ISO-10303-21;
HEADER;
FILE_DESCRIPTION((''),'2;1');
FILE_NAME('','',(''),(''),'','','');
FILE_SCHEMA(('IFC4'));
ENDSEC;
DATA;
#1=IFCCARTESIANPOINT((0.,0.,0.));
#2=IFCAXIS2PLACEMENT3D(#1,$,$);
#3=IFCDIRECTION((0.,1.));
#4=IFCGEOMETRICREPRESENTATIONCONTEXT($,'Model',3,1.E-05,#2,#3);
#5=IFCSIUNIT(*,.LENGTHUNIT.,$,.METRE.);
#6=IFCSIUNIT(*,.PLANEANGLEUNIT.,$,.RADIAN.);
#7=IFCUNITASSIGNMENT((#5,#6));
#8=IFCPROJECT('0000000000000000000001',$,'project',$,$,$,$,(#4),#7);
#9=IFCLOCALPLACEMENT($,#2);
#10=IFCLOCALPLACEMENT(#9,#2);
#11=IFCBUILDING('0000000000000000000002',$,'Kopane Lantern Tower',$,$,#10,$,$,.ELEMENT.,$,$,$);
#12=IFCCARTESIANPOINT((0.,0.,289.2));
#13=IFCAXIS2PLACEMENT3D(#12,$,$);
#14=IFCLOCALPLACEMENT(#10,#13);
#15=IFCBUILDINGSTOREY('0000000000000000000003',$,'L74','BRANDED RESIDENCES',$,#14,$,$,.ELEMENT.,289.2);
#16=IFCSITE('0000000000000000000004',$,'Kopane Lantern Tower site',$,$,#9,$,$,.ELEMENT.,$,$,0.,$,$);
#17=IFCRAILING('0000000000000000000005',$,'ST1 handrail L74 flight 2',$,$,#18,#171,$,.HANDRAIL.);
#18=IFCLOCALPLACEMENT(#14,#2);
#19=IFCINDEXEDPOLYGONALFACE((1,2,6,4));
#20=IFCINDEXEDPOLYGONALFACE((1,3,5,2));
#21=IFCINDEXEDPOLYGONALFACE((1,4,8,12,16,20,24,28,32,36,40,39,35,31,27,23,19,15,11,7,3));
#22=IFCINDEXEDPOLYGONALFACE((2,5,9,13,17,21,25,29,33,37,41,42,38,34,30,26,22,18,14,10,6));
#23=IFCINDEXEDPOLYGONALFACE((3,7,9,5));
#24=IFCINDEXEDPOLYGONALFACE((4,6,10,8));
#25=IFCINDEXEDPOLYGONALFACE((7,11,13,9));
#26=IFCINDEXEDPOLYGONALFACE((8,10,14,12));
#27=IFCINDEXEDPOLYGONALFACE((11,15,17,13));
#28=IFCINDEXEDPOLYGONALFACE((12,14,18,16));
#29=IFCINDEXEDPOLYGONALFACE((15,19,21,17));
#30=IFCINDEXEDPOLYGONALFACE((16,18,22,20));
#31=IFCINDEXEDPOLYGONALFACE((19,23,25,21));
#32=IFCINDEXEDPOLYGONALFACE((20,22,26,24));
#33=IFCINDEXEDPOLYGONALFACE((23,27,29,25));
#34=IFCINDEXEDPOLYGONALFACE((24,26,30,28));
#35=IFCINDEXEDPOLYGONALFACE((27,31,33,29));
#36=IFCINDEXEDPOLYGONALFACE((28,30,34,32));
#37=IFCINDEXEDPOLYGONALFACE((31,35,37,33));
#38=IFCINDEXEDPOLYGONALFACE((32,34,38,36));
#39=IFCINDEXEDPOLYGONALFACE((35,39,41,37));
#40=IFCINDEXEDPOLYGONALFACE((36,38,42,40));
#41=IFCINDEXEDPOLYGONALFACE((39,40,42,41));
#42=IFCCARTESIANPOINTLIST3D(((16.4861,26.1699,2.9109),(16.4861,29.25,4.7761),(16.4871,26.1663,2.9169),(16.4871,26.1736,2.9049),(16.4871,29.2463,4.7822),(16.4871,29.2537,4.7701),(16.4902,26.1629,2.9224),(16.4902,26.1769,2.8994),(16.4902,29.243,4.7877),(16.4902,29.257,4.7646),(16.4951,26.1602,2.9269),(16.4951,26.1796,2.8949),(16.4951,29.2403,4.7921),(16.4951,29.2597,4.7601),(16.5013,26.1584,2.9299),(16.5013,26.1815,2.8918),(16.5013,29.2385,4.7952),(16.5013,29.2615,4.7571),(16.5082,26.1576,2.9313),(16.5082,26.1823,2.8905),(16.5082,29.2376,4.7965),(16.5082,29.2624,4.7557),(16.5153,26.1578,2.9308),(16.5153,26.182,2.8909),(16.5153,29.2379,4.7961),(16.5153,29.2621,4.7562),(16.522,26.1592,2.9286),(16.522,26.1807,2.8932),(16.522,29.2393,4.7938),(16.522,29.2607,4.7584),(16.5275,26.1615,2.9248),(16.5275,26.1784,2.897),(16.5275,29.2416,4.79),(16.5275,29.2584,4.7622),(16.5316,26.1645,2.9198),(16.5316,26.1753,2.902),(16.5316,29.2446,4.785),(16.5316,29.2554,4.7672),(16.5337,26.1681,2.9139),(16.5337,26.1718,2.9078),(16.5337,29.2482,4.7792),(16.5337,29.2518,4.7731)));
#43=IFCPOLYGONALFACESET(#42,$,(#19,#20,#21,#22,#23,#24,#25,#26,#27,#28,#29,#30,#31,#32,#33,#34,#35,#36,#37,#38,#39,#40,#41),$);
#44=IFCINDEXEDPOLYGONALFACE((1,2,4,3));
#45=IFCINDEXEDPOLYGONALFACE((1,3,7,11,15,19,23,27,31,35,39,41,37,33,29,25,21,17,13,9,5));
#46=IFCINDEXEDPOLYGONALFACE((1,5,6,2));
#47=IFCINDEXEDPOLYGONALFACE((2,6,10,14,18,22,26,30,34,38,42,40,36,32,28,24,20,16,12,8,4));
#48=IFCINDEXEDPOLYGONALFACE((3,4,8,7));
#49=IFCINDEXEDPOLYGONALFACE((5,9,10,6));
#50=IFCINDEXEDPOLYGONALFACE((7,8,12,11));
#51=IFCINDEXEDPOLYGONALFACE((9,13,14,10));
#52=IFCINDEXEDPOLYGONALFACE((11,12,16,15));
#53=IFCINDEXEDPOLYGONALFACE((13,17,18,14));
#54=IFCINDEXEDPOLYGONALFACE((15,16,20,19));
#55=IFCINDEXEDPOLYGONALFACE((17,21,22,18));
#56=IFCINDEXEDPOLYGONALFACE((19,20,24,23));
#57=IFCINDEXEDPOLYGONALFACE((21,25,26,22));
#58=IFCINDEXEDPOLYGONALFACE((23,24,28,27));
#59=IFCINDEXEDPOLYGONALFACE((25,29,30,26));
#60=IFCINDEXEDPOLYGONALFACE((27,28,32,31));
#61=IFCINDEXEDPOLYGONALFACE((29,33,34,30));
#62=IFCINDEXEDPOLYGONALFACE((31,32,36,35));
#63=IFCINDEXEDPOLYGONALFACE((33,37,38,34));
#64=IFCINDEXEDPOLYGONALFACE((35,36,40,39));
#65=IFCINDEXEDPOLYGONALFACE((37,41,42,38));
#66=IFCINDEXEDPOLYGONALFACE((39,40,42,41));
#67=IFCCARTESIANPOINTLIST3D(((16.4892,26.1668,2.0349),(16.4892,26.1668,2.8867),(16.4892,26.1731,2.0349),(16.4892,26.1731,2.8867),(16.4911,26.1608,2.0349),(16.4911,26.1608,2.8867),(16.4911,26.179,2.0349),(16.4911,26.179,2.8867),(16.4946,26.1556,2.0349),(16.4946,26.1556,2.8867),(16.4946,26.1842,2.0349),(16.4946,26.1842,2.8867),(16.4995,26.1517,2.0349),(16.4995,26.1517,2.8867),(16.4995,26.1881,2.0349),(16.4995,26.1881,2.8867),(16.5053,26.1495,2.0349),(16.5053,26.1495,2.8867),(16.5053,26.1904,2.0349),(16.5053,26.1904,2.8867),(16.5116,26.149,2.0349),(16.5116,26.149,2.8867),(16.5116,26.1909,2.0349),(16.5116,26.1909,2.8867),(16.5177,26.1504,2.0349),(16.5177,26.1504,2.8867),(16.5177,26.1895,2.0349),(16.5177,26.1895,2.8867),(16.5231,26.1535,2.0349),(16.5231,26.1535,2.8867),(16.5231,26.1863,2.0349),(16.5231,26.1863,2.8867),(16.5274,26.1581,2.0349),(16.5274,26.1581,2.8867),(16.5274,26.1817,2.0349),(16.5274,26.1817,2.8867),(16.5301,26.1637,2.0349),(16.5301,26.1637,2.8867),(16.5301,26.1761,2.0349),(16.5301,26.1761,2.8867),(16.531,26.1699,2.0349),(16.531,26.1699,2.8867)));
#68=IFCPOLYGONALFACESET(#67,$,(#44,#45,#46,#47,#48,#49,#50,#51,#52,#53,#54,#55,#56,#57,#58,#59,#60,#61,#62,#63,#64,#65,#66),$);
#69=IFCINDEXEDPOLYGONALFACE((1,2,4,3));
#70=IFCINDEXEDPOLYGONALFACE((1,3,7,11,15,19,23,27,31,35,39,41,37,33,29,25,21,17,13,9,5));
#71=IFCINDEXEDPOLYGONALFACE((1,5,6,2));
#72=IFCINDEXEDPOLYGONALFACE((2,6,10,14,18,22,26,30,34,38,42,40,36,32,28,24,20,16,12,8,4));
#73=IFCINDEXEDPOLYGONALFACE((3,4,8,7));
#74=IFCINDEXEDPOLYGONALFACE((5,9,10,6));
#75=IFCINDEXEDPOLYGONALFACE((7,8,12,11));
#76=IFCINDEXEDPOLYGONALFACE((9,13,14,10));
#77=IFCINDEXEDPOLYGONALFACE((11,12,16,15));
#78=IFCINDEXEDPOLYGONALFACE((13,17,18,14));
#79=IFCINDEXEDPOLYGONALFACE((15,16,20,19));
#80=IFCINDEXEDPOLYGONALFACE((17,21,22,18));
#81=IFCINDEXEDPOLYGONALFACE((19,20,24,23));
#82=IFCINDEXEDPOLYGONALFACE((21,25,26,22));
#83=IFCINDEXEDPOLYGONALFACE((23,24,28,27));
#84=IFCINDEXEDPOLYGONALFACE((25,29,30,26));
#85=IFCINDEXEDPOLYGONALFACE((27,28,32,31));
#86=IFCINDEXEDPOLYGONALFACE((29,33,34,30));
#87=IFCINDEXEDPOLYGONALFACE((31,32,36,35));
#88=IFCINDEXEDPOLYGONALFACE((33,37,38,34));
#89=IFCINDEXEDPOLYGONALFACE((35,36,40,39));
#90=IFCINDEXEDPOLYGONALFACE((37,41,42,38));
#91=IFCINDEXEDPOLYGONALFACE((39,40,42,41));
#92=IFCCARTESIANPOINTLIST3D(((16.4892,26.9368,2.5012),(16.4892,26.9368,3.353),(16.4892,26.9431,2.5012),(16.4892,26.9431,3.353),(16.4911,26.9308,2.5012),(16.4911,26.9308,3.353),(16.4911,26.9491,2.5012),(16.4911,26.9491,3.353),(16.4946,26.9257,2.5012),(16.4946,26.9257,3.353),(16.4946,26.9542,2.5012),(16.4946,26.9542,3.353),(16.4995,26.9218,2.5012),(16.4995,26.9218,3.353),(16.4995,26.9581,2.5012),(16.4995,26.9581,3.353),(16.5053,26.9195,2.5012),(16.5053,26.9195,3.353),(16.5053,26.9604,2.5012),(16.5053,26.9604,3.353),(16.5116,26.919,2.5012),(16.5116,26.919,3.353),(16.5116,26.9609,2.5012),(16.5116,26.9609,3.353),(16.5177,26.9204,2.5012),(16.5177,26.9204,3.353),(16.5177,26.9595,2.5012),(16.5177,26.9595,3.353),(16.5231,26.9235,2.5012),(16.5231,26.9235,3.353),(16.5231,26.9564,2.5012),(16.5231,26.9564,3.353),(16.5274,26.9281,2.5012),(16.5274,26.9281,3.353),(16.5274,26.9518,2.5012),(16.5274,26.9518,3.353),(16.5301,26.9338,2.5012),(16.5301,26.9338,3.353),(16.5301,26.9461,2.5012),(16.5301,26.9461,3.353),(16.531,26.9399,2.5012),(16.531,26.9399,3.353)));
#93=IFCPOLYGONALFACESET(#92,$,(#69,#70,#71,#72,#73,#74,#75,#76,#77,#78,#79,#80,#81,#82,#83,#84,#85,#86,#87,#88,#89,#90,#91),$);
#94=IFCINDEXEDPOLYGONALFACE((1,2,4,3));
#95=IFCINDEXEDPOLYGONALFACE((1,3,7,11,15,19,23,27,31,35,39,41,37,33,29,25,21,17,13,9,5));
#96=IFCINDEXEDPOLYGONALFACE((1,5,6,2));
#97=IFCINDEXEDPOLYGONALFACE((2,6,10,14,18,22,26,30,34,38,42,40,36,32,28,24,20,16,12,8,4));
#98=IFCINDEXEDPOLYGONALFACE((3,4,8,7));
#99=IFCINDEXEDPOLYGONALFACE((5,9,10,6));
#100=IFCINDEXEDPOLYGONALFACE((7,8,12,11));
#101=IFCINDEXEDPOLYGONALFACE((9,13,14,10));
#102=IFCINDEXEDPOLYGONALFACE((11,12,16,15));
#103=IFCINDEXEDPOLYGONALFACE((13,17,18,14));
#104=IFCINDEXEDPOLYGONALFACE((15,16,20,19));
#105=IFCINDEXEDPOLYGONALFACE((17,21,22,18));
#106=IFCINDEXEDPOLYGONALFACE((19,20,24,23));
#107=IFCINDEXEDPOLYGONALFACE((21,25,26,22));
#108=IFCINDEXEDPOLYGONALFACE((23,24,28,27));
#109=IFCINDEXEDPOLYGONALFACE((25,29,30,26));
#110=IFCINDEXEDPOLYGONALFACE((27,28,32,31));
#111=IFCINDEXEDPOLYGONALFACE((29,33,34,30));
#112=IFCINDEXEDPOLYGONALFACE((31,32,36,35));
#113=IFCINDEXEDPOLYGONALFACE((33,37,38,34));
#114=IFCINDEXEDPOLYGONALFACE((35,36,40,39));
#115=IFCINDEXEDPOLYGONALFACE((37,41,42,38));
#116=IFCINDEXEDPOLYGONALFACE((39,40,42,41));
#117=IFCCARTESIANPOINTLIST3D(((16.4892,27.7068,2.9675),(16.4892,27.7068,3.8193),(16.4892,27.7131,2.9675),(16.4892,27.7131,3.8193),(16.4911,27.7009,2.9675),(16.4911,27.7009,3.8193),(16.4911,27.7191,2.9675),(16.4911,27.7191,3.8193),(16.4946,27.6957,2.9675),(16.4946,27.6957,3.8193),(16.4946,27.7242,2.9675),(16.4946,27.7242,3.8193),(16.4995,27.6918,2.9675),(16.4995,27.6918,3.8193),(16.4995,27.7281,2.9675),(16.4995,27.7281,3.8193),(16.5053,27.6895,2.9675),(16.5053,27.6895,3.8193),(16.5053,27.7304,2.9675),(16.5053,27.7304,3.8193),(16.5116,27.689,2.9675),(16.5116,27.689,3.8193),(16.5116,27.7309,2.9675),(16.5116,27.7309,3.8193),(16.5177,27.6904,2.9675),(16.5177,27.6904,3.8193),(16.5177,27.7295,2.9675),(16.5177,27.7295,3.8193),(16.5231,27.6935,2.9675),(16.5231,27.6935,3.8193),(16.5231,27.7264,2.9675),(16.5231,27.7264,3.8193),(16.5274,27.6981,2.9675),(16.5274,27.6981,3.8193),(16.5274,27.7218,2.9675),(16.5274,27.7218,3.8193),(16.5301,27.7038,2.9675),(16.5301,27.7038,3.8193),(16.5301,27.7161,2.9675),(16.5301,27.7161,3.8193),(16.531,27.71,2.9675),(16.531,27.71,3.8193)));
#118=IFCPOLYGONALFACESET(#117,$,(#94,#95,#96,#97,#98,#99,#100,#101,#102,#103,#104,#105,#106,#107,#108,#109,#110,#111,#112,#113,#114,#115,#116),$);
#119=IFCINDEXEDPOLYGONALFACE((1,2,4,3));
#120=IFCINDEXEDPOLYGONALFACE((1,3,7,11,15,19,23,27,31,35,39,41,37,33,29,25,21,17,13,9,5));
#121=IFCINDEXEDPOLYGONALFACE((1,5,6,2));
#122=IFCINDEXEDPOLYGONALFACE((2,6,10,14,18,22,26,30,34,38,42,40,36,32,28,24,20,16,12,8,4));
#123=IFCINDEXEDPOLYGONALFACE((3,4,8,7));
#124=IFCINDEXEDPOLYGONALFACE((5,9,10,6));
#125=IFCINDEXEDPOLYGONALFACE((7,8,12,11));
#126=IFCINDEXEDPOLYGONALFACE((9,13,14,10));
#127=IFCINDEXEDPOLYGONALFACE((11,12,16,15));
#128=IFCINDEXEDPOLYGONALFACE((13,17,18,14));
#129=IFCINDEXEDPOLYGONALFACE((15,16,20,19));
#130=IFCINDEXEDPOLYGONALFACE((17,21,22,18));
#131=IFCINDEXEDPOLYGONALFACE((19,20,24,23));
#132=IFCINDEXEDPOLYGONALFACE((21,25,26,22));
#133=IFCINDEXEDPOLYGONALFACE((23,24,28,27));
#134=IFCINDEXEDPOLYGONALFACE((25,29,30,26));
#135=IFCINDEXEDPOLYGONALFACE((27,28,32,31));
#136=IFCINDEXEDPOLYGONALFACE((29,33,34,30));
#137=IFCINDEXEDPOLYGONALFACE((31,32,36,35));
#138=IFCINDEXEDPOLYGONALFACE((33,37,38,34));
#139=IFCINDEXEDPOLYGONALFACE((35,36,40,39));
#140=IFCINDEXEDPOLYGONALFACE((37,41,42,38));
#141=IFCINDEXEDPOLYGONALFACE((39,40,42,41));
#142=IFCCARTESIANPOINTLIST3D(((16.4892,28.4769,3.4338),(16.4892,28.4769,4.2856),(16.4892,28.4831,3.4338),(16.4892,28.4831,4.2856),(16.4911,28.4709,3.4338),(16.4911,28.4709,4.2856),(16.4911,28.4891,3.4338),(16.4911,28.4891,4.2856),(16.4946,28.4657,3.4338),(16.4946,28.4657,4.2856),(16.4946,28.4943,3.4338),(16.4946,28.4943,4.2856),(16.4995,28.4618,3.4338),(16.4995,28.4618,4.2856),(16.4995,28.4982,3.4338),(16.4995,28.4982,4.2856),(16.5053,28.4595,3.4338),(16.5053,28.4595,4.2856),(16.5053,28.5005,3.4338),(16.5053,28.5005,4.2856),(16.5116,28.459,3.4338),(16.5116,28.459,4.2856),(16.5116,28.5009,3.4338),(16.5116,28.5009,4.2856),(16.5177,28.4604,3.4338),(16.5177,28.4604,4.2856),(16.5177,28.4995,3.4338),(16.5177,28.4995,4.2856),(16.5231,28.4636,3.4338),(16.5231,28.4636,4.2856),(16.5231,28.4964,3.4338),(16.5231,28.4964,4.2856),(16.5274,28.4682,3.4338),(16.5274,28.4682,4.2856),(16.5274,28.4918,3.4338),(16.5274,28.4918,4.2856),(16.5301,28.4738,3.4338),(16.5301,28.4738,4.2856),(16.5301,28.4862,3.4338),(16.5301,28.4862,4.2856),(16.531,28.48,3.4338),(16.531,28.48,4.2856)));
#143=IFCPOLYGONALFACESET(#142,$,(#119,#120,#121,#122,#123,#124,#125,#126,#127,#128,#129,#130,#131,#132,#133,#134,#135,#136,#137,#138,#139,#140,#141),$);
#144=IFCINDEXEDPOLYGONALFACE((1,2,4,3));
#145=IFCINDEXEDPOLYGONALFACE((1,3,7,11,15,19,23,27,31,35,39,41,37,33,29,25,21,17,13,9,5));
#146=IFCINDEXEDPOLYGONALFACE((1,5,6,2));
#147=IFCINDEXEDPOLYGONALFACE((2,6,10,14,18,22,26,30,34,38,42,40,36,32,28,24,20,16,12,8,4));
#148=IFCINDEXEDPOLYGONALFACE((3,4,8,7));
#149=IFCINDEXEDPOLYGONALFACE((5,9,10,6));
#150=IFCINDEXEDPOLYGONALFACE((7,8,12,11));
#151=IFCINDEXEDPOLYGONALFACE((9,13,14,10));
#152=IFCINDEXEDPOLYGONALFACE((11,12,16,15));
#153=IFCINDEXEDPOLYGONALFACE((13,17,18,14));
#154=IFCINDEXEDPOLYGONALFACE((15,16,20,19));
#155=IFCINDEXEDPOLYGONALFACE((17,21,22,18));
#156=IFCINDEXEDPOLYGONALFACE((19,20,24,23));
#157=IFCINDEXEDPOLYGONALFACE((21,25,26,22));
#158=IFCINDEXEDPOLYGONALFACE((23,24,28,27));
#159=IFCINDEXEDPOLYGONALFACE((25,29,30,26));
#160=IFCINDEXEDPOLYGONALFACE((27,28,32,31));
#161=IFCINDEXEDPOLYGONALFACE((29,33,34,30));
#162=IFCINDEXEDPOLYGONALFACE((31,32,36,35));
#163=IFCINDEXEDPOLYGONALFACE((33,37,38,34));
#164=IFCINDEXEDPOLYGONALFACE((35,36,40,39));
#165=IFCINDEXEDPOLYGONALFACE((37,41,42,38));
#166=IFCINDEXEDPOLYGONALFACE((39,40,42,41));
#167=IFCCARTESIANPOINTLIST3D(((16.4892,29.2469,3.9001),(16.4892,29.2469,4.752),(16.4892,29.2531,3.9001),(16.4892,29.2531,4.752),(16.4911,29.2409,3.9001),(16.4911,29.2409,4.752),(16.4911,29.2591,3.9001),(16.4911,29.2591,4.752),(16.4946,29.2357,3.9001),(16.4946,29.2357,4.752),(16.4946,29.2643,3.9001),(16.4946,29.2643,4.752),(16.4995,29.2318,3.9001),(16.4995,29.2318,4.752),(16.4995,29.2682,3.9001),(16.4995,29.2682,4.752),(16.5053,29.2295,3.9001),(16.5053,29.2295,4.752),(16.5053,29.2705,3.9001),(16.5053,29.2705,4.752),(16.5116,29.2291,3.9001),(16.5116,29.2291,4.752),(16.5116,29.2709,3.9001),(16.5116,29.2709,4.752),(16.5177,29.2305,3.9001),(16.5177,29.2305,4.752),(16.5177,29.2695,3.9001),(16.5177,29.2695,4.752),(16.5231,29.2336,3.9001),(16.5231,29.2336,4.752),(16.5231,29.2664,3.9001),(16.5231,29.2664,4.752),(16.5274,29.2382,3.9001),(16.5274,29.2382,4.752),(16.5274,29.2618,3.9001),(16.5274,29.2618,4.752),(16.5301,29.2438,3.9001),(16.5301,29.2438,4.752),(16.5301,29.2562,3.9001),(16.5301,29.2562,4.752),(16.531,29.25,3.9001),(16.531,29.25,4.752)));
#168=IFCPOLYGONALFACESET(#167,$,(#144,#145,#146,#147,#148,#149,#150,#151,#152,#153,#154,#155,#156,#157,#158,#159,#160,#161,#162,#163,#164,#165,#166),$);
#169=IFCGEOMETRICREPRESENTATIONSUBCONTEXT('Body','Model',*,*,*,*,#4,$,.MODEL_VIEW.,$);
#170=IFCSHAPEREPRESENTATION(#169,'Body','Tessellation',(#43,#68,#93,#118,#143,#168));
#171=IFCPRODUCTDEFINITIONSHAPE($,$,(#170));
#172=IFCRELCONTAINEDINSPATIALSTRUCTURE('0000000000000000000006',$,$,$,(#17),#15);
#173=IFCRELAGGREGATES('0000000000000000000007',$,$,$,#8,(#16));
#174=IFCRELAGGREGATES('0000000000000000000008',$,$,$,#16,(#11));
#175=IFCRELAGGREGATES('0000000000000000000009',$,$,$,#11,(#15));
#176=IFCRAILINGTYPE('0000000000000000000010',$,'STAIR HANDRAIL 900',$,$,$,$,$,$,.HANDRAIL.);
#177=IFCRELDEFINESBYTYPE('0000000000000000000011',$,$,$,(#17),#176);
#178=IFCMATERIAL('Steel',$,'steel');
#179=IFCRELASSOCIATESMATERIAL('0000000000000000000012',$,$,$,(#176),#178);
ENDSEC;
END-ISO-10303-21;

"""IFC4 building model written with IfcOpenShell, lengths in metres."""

from ifc_helpers import new_model, si_unit, direction, frame, origin, origin_2d, place, context, subcontext, project, spatial, circle, extrude, material, type_object, element, save


model = new_model("IFC4")

# Units and contexts
model_context = context("Model", 3, precision=1e-05, world=origin(), true_north=direction((0.0, 1.0)))
body_context = subcontext(model_context, "Body", "Model", "MODEL_VIEW")
ifc_project = project(units=[si_unit("LENGTHUNIT", "METRE"), si_unit("PLANEANGLEUNIT", "RADIAN")], contexts=[model_context])

# Site, building, storey
site_placement = place(None, origin())
site = spatial("IfcSite", under=ifc_project, at=site_placement, Name="Kopane Lantern Tower site", CompositionType="ELEMENT", RefElevation=0.0)
building_placement = place(site_placement, origin())
building = spatial("IfcBuilding", under=site, at=building_placement, Name="Kopane Lantern Tower", CompositionType="ELEMENT")
storey_placement = place(building_placement, frame((0.0, 0.0, 289.2)))
storey = spatial("IfcBuildingStorey", under=building, at=storey_placement, Name="L74", Description="BRANDED RESIDENCES", CompositionType="ELEMENT", Elevation=289.2)

# Railing
ifc_material_1 = material(Name="Steel", Category="steel")
railing_type_1 = type_object("IfcRailingType", Name="STAIR HANDRAIL 900", PredefinedType="HANDRAIL", material=ifc_material_1)
for number, where, name in (
    (1, (16.51, 26.1699, 2.0349), "ST1 handrail L74 flight 2"),
):
    element("IfcRailing", number, at=place(storey_placement, frame(where)), inside=storey, type_object=railing_type_1, Name=name, PredefinedType="HANDRAIL", context=body_context, shape_type="SweptSolid", body=[
        extrude(circle(Radius=0.0239, at=origin_2d()), frame((0.0, 0.0, 0.876), z_axis=(0.0, 0.85538, 0.518001), x_axis=(-1.0, 0.0, 0.0)), (0.0, 0.0, 1.0), 3.6008),
        extrude(circle(Radius=0.021, at=origin_2d()), origin(), (0.0, 0.0, 1.0), 0.8518),
        extrude(circle(Radius=0.021, at=origin_2d()), frame((0.0, 0.77, 0.4663)), (0.0, 0.0, 1.0), 0.8518),
        extrude(circle(Radius=0.021, at=origin_2d()), frame((0.0, 1.54, 0.9326)), (0.0, 0.0, 1.0), 0.8518),
        extrude(circle(Radius=0.021, at=origin_2d()), frame((0.0, 2.3101, 1.3989)), (0.0, 0.0, 1.0), 0.8518),
        extrude(circle(Radius=0.021, at=origin_2d()), frame((0.0, 3.0801, 1.8652)), (0.0, 0.0, 1.0), 0.8518),
    ])

save(model, "model.ifc")
